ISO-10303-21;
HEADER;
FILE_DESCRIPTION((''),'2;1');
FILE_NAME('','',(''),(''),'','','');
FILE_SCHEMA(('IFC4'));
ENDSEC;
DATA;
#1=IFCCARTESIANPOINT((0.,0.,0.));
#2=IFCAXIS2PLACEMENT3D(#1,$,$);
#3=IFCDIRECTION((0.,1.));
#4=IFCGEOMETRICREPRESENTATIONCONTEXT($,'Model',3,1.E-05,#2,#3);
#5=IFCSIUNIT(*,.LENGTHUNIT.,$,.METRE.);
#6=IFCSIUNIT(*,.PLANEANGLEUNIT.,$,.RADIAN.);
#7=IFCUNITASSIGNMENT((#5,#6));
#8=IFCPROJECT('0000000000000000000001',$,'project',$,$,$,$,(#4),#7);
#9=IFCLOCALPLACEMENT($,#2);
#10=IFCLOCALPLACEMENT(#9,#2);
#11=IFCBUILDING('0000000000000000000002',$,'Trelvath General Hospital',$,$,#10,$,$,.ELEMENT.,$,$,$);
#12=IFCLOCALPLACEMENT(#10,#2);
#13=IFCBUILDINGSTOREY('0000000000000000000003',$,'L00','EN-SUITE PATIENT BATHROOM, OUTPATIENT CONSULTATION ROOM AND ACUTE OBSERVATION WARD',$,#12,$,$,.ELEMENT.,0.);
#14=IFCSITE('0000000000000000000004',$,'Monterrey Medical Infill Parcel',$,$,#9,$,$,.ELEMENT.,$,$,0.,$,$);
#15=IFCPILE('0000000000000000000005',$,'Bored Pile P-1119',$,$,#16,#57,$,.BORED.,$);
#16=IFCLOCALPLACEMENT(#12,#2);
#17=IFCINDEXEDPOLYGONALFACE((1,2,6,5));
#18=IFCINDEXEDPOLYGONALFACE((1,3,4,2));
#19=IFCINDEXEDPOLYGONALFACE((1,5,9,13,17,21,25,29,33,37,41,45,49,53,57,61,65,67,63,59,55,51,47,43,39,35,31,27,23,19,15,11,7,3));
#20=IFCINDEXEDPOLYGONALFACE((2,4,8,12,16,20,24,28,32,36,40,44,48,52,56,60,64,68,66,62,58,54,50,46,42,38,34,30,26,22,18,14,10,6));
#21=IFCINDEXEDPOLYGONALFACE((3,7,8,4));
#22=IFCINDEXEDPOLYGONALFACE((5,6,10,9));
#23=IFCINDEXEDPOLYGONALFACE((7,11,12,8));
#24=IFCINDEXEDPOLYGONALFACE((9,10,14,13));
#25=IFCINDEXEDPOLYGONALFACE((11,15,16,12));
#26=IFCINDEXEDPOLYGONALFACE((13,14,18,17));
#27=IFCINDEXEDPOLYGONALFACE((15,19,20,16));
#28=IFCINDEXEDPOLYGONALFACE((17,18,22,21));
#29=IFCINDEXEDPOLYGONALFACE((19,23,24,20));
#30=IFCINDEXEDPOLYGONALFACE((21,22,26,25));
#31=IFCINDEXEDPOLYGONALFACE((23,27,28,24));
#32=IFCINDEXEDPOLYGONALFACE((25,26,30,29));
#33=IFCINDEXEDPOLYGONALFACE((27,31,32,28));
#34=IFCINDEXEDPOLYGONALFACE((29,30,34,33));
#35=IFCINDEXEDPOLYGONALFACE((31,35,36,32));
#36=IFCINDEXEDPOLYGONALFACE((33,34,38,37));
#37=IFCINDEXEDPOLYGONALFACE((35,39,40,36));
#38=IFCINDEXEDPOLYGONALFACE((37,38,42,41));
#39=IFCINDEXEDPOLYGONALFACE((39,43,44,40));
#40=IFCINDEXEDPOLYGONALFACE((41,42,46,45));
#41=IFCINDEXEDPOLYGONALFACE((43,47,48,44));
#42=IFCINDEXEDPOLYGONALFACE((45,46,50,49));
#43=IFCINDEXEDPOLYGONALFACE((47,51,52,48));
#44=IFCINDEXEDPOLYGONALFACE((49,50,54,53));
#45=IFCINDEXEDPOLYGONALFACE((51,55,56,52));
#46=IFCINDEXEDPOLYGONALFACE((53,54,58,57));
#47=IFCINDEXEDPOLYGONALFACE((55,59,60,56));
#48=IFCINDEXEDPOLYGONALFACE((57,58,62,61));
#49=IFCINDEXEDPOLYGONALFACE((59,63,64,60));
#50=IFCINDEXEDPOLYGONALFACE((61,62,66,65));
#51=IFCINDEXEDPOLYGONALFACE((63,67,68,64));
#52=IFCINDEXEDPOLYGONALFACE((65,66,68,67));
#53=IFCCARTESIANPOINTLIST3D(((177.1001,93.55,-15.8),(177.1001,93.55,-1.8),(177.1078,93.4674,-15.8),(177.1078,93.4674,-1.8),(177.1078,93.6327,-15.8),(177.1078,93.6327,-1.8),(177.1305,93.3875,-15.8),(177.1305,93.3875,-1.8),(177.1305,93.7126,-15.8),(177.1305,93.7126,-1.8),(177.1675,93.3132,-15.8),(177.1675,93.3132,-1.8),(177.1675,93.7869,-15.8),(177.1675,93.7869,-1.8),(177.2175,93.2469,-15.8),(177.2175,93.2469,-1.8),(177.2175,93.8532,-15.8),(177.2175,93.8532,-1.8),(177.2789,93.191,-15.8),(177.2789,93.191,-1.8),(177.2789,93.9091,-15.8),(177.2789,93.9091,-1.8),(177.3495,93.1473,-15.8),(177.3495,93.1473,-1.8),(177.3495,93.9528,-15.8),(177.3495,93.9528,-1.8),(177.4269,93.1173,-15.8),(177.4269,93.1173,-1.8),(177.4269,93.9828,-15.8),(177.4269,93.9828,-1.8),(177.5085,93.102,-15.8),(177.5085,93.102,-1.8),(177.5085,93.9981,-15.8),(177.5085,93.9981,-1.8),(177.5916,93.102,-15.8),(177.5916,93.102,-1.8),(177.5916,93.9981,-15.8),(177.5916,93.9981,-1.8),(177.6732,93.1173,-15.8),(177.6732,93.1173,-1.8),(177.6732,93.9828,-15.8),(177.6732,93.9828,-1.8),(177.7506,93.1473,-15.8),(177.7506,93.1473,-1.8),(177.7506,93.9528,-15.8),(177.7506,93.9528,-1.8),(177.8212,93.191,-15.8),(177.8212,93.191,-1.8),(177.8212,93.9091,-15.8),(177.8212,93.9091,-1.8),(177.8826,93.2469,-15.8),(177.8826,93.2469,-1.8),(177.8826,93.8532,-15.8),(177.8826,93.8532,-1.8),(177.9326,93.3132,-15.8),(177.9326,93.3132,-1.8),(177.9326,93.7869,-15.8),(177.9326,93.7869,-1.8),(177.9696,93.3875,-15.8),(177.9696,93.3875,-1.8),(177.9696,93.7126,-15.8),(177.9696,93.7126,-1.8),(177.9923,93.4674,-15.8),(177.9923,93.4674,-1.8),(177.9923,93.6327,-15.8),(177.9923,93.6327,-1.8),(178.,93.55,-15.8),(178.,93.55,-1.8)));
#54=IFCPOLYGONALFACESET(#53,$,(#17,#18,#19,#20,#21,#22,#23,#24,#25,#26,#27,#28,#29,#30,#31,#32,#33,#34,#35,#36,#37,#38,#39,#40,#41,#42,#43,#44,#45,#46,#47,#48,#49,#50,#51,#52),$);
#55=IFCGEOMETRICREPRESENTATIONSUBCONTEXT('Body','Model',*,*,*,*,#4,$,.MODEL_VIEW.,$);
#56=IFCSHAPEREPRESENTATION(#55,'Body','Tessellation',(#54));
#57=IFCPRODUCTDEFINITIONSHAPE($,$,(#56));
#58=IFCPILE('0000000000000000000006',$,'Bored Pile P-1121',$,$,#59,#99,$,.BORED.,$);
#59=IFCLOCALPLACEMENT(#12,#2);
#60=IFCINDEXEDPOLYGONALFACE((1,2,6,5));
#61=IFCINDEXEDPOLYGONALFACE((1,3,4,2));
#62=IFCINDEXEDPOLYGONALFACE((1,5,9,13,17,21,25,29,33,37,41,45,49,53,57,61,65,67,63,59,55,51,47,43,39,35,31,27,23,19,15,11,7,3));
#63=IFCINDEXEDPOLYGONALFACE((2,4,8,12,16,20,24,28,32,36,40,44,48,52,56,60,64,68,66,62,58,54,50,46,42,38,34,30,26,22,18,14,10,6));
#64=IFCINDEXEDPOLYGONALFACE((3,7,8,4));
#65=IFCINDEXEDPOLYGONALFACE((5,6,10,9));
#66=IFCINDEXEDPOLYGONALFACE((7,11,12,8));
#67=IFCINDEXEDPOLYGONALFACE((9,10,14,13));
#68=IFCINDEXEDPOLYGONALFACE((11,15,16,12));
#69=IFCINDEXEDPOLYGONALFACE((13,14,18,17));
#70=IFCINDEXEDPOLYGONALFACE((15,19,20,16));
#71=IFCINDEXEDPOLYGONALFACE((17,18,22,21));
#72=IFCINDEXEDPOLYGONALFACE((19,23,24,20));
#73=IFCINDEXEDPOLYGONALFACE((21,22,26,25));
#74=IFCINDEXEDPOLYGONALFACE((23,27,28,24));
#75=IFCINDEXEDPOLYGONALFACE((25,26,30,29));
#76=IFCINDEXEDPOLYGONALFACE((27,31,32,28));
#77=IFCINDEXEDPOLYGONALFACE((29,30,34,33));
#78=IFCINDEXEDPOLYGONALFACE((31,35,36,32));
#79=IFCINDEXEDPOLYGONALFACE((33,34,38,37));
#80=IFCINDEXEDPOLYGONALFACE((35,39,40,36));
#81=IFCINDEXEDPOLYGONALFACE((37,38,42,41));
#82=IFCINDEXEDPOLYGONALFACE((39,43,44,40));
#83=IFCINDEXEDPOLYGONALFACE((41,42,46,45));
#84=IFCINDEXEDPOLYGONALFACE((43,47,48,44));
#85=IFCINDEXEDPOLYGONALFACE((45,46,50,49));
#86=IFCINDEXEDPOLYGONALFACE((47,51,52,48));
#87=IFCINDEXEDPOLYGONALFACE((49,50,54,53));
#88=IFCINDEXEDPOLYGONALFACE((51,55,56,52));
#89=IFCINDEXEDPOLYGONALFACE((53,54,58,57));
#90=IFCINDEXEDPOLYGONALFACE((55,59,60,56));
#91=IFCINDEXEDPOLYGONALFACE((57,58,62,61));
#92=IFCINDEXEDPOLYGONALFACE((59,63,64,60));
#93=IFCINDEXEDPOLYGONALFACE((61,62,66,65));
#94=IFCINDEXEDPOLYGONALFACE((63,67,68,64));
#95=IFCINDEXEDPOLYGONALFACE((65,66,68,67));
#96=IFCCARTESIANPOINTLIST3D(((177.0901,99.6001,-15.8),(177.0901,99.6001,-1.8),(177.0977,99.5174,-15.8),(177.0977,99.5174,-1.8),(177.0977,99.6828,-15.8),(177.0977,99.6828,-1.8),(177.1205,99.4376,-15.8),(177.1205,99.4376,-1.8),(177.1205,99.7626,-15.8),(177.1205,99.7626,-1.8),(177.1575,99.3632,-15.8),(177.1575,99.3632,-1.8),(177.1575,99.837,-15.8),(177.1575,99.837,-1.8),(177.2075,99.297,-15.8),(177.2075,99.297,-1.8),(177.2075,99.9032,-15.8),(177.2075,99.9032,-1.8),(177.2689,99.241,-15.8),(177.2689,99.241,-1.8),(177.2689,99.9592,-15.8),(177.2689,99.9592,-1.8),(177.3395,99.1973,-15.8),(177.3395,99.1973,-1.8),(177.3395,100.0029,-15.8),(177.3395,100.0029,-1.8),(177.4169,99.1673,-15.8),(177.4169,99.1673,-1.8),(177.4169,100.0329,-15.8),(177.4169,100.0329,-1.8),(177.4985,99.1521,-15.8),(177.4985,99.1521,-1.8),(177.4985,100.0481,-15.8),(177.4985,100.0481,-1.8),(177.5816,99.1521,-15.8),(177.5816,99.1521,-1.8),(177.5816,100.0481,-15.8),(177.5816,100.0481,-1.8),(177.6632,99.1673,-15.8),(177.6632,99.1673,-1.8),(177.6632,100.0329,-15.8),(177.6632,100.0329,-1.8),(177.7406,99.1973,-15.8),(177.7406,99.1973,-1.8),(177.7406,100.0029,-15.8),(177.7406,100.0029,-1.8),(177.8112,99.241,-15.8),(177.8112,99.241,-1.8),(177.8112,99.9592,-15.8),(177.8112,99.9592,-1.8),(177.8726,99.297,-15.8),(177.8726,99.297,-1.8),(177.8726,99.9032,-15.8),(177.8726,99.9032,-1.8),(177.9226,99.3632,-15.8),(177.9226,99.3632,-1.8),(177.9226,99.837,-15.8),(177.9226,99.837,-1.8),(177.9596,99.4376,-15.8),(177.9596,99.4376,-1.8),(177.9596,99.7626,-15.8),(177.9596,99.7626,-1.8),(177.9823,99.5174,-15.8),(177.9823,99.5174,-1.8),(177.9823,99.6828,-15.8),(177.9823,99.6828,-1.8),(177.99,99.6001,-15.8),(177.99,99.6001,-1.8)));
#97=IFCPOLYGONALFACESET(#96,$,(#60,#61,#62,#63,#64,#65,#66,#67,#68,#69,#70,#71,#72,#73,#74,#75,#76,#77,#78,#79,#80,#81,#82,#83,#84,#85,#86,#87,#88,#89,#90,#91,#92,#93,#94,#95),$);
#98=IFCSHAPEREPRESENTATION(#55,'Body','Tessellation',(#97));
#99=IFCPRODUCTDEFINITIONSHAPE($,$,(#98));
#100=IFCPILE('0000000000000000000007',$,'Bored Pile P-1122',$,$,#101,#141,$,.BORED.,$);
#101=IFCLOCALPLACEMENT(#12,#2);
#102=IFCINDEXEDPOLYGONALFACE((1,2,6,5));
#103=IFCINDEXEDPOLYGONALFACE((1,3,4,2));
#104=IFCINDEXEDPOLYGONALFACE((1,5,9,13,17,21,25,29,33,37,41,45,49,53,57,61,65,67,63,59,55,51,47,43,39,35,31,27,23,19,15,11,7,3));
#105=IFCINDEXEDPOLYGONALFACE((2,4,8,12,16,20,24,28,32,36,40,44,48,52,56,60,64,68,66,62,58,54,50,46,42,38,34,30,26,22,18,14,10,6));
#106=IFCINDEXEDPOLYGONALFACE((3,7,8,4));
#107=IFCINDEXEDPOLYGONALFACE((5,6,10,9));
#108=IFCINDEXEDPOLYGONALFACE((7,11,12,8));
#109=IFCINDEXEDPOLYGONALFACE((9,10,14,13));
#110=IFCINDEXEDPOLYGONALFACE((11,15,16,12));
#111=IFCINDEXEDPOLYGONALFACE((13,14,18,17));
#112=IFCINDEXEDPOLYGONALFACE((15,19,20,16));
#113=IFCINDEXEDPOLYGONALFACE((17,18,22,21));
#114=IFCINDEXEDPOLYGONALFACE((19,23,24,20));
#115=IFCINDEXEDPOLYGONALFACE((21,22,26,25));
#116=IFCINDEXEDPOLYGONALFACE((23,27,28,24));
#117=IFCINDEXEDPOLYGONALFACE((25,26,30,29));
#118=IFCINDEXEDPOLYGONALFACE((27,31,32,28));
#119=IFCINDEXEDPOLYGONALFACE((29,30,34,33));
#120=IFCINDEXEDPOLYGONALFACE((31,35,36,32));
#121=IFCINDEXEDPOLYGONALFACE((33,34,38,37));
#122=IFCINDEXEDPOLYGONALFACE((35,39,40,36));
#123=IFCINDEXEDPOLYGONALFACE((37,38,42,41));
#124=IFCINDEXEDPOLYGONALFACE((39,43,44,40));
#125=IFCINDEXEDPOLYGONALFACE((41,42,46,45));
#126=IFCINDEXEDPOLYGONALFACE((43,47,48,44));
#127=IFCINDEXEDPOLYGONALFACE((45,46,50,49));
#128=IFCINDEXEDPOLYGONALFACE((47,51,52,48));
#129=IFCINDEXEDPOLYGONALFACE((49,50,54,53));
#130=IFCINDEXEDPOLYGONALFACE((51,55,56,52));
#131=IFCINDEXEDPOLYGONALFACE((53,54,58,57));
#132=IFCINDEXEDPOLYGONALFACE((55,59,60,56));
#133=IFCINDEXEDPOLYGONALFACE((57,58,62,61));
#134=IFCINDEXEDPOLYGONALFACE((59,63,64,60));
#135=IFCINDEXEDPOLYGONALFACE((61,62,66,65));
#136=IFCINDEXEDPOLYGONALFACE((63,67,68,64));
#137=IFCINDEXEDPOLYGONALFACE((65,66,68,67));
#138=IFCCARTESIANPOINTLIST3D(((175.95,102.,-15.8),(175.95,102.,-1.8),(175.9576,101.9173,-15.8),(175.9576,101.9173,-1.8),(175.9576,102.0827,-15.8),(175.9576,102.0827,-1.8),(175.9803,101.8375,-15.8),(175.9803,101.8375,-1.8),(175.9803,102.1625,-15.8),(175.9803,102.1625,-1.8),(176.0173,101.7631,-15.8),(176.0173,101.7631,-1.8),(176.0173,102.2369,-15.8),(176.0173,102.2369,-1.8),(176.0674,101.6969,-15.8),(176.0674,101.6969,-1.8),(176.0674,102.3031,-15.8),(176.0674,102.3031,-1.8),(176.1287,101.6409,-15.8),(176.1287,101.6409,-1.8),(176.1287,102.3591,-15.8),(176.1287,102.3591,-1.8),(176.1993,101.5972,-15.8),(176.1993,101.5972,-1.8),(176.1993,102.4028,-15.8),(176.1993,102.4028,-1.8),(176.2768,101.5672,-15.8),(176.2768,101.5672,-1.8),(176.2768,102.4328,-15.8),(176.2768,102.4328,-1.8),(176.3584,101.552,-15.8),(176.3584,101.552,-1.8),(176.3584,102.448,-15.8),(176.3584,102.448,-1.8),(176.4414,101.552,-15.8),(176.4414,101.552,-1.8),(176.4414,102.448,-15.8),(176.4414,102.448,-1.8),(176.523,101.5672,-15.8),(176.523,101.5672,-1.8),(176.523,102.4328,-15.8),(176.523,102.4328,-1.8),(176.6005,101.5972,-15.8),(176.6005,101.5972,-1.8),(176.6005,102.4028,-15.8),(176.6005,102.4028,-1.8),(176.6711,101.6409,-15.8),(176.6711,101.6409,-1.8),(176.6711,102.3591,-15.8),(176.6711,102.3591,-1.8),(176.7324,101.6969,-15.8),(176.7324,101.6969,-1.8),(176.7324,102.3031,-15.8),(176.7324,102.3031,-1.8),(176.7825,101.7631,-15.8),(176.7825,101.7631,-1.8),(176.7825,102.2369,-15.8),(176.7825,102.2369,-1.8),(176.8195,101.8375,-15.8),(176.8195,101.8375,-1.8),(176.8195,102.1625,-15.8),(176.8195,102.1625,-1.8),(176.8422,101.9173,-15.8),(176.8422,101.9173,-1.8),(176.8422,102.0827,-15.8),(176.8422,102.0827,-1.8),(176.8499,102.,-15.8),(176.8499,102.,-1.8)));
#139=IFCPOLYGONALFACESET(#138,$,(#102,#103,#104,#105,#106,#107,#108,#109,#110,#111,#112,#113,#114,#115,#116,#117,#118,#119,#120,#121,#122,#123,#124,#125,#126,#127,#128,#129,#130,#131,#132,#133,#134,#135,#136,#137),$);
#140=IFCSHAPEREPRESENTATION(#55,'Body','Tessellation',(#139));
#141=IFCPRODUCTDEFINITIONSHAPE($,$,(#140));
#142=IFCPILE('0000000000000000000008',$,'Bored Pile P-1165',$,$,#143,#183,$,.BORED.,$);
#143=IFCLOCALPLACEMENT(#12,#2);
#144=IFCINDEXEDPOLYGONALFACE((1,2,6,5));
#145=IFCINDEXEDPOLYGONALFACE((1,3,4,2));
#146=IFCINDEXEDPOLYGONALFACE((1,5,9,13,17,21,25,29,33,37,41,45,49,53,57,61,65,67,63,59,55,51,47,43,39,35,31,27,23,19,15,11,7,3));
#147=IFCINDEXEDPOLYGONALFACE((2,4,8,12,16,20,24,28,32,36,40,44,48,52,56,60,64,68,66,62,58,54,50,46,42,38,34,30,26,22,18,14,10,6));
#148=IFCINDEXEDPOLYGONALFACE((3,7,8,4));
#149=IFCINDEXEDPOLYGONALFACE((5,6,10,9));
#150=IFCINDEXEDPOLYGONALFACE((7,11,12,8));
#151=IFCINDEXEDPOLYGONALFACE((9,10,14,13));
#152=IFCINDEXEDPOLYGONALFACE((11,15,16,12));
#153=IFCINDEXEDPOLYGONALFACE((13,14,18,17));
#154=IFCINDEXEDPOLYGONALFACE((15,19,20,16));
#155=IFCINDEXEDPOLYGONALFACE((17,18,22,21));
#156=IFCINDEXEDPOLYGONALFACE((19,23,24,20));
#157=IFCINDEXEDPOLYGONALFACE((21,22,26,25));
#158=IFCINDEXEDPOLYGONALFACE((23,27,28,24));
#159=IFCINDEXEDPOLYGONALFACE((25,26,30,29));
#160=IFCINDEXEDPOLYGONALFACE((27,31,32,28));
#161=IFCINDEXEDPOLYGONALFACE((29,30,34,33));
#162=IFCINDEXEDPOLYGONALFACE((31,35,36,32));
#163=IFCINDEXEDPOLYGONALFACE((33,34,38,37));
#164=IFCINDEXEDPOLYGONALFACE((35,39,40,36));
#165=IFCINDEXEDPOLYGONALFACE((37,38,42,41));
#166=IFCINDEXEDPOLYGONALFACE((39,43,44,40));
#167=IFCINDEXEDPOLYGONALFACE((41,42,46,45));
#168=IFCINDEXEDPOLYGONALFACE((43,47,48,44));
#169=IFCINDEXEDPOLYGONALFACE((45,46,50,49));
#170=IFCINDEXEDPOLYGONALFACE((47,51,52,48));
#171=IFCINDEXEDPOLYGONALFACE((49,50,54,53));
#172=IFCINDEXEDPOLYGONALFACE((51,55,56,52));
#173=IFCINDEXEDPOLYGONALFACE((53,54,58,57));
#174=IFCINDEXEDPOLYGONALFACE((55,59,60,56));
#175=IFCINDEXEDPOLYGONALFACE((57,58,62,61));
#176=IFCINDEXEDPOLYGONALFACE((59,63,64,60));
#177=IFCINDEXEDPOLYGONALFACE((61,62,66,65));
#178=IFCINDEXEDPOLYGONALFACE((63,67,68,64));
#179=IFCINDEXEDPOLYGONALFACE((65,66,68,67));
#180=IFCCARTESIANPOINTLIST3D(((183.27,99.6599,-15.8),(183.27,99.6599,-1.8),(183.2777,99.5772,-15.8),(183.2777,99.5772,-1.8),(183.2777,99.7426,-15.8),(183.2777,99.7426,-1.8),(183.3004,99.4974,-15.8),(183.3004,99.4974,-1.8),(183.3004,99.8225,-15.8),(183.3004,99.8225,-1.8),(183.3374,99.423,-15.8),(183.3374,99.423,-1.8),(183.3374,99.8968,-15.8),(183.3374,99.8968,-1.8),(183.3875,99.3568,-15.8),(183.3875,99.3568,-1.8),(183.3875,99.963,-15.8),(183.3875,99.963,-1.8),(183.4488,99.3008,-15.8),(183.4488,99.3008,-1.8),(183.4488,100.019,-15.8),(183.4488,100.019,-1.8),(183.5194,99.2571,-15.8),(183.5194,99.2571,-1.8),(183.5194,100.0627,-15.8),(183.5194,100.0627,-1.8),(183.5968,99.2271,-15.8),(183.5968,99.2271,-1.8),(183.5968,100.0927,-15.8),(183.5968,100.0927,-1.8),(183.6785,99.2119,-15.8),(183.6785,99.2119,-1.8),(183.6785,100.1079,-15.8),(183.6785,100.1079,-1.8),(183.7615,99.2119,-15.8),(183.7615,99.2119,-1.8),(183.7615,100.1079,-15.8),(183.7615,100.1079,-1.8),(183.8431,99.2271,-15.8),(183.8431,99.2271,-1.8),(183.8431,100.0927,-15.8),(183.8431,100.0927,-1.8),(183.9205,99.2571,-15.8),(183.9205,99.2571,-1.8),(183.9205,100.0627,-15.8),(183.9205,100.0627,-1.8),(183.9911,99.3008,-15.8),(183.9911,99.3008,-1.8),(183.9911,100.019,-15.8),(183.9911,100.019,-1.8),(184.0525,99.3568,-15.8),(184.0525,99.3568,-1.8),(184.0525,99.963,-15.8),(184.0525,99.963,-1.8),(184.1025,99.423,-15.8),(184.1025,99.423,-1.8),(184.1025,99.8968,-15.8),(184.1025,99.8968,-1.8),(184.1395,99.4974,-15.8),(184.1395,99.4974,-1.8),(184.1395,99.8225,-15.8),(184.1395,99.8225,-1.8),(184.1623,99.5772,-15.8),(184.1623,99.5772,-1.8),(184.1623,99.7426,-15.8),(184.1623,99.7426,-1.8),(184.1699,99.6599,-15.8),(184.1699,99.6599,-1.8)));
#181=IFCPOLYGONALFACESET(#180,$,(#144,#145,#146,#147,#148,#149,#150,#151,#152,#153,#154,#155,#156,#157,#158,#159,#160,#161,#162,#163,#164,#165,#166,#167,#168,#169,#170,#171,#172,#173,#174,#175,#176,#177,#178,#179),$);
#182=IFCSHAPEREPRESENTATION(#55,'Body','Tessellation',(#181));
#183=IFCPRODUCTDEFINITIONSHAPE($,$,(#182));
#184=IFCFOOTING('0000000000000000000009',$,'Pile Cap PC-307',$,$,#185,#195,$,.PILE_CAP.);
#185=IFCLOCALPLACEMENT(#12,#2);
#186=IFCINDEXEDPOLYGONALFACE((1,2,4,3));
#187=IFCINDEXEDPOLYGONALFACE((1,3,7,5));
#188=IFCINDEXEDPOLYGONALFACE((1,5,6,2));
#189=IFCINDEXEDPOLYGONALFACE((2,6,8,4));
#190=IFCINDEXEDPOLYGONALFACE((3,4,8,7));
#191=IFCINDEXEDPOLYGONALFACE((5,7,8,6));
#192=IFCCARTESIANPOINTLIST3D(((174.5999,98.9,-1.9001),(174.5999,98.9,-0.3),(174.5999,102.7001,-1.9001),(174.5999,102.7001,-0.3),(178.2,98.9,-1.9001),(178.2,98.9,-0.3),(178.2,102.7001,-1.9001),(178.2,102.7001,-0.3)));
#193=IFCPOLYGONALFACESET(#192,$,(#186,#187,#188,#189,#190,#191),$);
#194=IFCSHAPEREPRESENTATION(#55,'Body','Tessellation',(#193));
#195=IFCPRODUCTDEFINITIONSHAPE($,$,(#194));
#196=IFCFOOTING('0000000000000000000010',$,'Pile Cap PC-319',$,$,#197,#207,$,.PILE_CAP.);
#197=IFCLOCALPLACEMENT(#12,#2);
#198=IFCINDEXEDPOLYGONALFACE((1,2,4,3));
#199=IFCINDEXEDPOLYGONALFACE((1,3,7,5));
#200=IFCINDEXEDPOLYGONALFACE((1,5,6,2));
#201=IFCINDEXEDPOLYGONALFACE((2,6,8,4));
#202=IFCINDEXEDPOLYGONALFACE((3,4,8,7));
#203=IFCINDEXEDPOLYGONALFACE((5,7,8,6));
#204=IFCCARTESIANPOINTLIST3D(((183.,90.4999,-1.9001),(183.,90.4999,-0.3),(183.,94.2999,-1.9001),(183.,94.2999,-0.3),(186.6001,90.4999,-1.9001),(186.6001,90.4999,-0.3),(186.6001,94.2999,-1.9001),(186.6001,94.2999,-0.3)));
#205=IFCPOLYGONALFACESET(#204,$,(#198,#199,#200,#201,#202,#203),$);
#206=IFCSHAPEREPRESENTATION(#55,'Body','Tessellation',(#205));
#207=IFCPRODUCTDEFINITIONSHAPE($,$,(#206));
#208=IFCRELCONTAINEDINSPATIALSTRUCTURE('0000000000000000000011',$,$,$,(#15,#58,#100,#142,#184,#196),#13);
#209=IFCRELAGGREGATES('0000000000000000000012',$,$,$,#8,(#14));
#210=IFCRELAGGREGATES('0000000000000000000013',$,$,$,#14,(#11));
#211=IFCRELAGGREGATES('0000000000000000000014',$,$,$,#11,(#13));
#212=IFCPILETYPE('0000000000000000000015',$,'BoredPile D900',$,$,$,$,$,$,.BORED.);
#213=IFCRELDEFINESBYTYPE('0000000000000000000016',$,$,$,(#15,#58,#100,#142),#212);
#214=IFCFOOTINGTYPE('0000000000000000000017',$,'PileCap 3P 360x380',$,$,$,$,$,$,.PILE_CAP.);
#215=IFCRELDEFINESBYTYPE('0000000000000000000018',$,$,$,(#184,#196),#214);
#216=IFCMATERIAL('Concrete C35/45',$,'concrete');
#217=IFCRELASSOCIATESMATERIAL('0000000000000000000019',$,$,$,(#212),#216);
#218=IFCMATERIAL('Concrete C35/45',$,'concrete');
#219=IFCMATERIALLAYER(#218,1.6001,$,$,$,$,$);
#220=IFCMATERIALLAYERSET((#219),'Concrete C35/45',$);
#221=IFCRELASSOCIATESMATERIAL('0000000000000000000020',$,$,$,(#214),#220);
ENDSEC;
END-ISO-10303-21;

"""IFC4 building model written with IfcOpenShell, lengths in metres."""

from ifc_helpers import new_model, si_unit, direction, frame, origin, origin_2d, place, context, subcontext, project, spatial, rectangle, circle, extrude, material, layer, layer_set, material_profile, profile_set, type_object, element, save


model = new_model("IFC4")

# Units and contexts
model_context = context("Model", 3, precision=1e-05, world=origin(), true_north=direction((0.0, 1.0)))
body_context = subcontext(model_context, "Body", "Model", "MODEL_VIEW")
ifc_project = project(units=[si_unit("LENGTHUNIT", "METRE"), si_unit("PLANEANGLEUNIT", "RADIAN")], contexts=[model_context])

# Site, building, storey
site_placement = place(None, origin())
site = spatial("IfcSite", under=ifc_project, at=site_placement, Name="Monterrey Medical Infill Parcel", CompositionType="ELEMENT", RefElevation=0.0)
building_placement = place(site_placement, origin())
building = spatial("IfcBuilding", under=site, at=building_placement, Name="Trelvath General Hospital", CompositionType="ELEMENT")
storey_placement = place(building_placement, origin())
storey = spatial("IfcBuildingStorey", under=building, at=storey_placement, Name="L00", Description="EN-SUITE PATIENT BATHROOM, OUTPATIENT CONSULTATION ROOM AND ACUTE OBSERVATION WARD", CompositionType="ELEMENT", Elevation=0.0)

# Piles
ifc_material_1 = material(Name="Concrete C35/45", Category="concrete")
ifc_material_profile_1 = material_profile(ifc_material_1, circle(Radius=0.45, at=origin_2d()), Name="PILE900")
ifc_profile_set_1 = profile_set([ifc_material_profile_1], Name="Concrete C35/45")
pile_type = type_object("IfcPileType", Name="BoredPile D900", PredefinedType="BORED", material=ifc_profile_set_1)
for number, where, z_axis, x_axis, name in (
    (1, (177.55, 93.55, -1.8), (0.0, 0.0, -1.0), (1.0, 0.0, 0.0), "Bored Pile P-1119"),
    (2, (177.54, 99.6001, -1.8), (0.0, 0.0, -1.0), (1.0, 0.0, 0.0), "Bored Pile P-1121"),
    (3, (176.3999, 102.0, -1.8), (0.0, 0.0, -1.0), (1.0, 0.0, 0.0), "Bored Pile P-1122"),
    (4, (183.72, 99.6599, -1.8), (0.0, 0.0, -1.0), (1.0, 0.0, 0.0), "Bored Pile P-1165"),
):
    element("IfcPile", number, at=place(storey_placement, frame(where, z_axis=z_axis, x_axis=x_axis)), inside=storey, type_object=pile_type, Name=name, PredefinedType="BORED", context=body_context, shape_type="SweptSolid", body=[
        extrude(circle(Radius=0.45, at=origin_2d()), origin(), (0.0, 0.0, 1.0), 14.0),
    ])

# Footings
ifc_material_2 = material(Name="Concrete C35/45", Category="concrete")
ifc_layer_1 = layer(ifc_material_2, 1.6001)
ifc_layer_set_1 = layer_set([ifc_layer_1], Name="Concrete C35/45")
footing_type_1 = type_object("IfcFootingType", Name="PileCap 3P 360x380", PredefinedType="PILE_CAP", material=ifc_layer_set_1)
for number, where, z_axis, x_axis, name in (
    (5, (176.3999, 100.8, -1.9001), (0.0, 0.0, 1.0), (1.0, 0.0, 0.0), "Pile Cap PC-307"),
    (6, (184.8, 92.3999, -1.9001), (0.0, 0.0, 1.0), (1.0, 0.0, 0.0), "Pile Cap PC-319"),
):
    element("IfcFooting", number, at=place(storey_placement, frame(where, z_axis=z_axis, x_axis=x_axis)), inside=storey, type_object=footing_type_1, Name=name, PredefinedType="PILE_CAP", context=body_context, shape_type="SweptSolid", body=[
        extrude(rectangle(XDim=3.6001, YDim=3.8, at=origin_2d()), origin(), (0.0, 0.0, 1.0), 1.6001),
    ])

save(model, "model.ifc")
